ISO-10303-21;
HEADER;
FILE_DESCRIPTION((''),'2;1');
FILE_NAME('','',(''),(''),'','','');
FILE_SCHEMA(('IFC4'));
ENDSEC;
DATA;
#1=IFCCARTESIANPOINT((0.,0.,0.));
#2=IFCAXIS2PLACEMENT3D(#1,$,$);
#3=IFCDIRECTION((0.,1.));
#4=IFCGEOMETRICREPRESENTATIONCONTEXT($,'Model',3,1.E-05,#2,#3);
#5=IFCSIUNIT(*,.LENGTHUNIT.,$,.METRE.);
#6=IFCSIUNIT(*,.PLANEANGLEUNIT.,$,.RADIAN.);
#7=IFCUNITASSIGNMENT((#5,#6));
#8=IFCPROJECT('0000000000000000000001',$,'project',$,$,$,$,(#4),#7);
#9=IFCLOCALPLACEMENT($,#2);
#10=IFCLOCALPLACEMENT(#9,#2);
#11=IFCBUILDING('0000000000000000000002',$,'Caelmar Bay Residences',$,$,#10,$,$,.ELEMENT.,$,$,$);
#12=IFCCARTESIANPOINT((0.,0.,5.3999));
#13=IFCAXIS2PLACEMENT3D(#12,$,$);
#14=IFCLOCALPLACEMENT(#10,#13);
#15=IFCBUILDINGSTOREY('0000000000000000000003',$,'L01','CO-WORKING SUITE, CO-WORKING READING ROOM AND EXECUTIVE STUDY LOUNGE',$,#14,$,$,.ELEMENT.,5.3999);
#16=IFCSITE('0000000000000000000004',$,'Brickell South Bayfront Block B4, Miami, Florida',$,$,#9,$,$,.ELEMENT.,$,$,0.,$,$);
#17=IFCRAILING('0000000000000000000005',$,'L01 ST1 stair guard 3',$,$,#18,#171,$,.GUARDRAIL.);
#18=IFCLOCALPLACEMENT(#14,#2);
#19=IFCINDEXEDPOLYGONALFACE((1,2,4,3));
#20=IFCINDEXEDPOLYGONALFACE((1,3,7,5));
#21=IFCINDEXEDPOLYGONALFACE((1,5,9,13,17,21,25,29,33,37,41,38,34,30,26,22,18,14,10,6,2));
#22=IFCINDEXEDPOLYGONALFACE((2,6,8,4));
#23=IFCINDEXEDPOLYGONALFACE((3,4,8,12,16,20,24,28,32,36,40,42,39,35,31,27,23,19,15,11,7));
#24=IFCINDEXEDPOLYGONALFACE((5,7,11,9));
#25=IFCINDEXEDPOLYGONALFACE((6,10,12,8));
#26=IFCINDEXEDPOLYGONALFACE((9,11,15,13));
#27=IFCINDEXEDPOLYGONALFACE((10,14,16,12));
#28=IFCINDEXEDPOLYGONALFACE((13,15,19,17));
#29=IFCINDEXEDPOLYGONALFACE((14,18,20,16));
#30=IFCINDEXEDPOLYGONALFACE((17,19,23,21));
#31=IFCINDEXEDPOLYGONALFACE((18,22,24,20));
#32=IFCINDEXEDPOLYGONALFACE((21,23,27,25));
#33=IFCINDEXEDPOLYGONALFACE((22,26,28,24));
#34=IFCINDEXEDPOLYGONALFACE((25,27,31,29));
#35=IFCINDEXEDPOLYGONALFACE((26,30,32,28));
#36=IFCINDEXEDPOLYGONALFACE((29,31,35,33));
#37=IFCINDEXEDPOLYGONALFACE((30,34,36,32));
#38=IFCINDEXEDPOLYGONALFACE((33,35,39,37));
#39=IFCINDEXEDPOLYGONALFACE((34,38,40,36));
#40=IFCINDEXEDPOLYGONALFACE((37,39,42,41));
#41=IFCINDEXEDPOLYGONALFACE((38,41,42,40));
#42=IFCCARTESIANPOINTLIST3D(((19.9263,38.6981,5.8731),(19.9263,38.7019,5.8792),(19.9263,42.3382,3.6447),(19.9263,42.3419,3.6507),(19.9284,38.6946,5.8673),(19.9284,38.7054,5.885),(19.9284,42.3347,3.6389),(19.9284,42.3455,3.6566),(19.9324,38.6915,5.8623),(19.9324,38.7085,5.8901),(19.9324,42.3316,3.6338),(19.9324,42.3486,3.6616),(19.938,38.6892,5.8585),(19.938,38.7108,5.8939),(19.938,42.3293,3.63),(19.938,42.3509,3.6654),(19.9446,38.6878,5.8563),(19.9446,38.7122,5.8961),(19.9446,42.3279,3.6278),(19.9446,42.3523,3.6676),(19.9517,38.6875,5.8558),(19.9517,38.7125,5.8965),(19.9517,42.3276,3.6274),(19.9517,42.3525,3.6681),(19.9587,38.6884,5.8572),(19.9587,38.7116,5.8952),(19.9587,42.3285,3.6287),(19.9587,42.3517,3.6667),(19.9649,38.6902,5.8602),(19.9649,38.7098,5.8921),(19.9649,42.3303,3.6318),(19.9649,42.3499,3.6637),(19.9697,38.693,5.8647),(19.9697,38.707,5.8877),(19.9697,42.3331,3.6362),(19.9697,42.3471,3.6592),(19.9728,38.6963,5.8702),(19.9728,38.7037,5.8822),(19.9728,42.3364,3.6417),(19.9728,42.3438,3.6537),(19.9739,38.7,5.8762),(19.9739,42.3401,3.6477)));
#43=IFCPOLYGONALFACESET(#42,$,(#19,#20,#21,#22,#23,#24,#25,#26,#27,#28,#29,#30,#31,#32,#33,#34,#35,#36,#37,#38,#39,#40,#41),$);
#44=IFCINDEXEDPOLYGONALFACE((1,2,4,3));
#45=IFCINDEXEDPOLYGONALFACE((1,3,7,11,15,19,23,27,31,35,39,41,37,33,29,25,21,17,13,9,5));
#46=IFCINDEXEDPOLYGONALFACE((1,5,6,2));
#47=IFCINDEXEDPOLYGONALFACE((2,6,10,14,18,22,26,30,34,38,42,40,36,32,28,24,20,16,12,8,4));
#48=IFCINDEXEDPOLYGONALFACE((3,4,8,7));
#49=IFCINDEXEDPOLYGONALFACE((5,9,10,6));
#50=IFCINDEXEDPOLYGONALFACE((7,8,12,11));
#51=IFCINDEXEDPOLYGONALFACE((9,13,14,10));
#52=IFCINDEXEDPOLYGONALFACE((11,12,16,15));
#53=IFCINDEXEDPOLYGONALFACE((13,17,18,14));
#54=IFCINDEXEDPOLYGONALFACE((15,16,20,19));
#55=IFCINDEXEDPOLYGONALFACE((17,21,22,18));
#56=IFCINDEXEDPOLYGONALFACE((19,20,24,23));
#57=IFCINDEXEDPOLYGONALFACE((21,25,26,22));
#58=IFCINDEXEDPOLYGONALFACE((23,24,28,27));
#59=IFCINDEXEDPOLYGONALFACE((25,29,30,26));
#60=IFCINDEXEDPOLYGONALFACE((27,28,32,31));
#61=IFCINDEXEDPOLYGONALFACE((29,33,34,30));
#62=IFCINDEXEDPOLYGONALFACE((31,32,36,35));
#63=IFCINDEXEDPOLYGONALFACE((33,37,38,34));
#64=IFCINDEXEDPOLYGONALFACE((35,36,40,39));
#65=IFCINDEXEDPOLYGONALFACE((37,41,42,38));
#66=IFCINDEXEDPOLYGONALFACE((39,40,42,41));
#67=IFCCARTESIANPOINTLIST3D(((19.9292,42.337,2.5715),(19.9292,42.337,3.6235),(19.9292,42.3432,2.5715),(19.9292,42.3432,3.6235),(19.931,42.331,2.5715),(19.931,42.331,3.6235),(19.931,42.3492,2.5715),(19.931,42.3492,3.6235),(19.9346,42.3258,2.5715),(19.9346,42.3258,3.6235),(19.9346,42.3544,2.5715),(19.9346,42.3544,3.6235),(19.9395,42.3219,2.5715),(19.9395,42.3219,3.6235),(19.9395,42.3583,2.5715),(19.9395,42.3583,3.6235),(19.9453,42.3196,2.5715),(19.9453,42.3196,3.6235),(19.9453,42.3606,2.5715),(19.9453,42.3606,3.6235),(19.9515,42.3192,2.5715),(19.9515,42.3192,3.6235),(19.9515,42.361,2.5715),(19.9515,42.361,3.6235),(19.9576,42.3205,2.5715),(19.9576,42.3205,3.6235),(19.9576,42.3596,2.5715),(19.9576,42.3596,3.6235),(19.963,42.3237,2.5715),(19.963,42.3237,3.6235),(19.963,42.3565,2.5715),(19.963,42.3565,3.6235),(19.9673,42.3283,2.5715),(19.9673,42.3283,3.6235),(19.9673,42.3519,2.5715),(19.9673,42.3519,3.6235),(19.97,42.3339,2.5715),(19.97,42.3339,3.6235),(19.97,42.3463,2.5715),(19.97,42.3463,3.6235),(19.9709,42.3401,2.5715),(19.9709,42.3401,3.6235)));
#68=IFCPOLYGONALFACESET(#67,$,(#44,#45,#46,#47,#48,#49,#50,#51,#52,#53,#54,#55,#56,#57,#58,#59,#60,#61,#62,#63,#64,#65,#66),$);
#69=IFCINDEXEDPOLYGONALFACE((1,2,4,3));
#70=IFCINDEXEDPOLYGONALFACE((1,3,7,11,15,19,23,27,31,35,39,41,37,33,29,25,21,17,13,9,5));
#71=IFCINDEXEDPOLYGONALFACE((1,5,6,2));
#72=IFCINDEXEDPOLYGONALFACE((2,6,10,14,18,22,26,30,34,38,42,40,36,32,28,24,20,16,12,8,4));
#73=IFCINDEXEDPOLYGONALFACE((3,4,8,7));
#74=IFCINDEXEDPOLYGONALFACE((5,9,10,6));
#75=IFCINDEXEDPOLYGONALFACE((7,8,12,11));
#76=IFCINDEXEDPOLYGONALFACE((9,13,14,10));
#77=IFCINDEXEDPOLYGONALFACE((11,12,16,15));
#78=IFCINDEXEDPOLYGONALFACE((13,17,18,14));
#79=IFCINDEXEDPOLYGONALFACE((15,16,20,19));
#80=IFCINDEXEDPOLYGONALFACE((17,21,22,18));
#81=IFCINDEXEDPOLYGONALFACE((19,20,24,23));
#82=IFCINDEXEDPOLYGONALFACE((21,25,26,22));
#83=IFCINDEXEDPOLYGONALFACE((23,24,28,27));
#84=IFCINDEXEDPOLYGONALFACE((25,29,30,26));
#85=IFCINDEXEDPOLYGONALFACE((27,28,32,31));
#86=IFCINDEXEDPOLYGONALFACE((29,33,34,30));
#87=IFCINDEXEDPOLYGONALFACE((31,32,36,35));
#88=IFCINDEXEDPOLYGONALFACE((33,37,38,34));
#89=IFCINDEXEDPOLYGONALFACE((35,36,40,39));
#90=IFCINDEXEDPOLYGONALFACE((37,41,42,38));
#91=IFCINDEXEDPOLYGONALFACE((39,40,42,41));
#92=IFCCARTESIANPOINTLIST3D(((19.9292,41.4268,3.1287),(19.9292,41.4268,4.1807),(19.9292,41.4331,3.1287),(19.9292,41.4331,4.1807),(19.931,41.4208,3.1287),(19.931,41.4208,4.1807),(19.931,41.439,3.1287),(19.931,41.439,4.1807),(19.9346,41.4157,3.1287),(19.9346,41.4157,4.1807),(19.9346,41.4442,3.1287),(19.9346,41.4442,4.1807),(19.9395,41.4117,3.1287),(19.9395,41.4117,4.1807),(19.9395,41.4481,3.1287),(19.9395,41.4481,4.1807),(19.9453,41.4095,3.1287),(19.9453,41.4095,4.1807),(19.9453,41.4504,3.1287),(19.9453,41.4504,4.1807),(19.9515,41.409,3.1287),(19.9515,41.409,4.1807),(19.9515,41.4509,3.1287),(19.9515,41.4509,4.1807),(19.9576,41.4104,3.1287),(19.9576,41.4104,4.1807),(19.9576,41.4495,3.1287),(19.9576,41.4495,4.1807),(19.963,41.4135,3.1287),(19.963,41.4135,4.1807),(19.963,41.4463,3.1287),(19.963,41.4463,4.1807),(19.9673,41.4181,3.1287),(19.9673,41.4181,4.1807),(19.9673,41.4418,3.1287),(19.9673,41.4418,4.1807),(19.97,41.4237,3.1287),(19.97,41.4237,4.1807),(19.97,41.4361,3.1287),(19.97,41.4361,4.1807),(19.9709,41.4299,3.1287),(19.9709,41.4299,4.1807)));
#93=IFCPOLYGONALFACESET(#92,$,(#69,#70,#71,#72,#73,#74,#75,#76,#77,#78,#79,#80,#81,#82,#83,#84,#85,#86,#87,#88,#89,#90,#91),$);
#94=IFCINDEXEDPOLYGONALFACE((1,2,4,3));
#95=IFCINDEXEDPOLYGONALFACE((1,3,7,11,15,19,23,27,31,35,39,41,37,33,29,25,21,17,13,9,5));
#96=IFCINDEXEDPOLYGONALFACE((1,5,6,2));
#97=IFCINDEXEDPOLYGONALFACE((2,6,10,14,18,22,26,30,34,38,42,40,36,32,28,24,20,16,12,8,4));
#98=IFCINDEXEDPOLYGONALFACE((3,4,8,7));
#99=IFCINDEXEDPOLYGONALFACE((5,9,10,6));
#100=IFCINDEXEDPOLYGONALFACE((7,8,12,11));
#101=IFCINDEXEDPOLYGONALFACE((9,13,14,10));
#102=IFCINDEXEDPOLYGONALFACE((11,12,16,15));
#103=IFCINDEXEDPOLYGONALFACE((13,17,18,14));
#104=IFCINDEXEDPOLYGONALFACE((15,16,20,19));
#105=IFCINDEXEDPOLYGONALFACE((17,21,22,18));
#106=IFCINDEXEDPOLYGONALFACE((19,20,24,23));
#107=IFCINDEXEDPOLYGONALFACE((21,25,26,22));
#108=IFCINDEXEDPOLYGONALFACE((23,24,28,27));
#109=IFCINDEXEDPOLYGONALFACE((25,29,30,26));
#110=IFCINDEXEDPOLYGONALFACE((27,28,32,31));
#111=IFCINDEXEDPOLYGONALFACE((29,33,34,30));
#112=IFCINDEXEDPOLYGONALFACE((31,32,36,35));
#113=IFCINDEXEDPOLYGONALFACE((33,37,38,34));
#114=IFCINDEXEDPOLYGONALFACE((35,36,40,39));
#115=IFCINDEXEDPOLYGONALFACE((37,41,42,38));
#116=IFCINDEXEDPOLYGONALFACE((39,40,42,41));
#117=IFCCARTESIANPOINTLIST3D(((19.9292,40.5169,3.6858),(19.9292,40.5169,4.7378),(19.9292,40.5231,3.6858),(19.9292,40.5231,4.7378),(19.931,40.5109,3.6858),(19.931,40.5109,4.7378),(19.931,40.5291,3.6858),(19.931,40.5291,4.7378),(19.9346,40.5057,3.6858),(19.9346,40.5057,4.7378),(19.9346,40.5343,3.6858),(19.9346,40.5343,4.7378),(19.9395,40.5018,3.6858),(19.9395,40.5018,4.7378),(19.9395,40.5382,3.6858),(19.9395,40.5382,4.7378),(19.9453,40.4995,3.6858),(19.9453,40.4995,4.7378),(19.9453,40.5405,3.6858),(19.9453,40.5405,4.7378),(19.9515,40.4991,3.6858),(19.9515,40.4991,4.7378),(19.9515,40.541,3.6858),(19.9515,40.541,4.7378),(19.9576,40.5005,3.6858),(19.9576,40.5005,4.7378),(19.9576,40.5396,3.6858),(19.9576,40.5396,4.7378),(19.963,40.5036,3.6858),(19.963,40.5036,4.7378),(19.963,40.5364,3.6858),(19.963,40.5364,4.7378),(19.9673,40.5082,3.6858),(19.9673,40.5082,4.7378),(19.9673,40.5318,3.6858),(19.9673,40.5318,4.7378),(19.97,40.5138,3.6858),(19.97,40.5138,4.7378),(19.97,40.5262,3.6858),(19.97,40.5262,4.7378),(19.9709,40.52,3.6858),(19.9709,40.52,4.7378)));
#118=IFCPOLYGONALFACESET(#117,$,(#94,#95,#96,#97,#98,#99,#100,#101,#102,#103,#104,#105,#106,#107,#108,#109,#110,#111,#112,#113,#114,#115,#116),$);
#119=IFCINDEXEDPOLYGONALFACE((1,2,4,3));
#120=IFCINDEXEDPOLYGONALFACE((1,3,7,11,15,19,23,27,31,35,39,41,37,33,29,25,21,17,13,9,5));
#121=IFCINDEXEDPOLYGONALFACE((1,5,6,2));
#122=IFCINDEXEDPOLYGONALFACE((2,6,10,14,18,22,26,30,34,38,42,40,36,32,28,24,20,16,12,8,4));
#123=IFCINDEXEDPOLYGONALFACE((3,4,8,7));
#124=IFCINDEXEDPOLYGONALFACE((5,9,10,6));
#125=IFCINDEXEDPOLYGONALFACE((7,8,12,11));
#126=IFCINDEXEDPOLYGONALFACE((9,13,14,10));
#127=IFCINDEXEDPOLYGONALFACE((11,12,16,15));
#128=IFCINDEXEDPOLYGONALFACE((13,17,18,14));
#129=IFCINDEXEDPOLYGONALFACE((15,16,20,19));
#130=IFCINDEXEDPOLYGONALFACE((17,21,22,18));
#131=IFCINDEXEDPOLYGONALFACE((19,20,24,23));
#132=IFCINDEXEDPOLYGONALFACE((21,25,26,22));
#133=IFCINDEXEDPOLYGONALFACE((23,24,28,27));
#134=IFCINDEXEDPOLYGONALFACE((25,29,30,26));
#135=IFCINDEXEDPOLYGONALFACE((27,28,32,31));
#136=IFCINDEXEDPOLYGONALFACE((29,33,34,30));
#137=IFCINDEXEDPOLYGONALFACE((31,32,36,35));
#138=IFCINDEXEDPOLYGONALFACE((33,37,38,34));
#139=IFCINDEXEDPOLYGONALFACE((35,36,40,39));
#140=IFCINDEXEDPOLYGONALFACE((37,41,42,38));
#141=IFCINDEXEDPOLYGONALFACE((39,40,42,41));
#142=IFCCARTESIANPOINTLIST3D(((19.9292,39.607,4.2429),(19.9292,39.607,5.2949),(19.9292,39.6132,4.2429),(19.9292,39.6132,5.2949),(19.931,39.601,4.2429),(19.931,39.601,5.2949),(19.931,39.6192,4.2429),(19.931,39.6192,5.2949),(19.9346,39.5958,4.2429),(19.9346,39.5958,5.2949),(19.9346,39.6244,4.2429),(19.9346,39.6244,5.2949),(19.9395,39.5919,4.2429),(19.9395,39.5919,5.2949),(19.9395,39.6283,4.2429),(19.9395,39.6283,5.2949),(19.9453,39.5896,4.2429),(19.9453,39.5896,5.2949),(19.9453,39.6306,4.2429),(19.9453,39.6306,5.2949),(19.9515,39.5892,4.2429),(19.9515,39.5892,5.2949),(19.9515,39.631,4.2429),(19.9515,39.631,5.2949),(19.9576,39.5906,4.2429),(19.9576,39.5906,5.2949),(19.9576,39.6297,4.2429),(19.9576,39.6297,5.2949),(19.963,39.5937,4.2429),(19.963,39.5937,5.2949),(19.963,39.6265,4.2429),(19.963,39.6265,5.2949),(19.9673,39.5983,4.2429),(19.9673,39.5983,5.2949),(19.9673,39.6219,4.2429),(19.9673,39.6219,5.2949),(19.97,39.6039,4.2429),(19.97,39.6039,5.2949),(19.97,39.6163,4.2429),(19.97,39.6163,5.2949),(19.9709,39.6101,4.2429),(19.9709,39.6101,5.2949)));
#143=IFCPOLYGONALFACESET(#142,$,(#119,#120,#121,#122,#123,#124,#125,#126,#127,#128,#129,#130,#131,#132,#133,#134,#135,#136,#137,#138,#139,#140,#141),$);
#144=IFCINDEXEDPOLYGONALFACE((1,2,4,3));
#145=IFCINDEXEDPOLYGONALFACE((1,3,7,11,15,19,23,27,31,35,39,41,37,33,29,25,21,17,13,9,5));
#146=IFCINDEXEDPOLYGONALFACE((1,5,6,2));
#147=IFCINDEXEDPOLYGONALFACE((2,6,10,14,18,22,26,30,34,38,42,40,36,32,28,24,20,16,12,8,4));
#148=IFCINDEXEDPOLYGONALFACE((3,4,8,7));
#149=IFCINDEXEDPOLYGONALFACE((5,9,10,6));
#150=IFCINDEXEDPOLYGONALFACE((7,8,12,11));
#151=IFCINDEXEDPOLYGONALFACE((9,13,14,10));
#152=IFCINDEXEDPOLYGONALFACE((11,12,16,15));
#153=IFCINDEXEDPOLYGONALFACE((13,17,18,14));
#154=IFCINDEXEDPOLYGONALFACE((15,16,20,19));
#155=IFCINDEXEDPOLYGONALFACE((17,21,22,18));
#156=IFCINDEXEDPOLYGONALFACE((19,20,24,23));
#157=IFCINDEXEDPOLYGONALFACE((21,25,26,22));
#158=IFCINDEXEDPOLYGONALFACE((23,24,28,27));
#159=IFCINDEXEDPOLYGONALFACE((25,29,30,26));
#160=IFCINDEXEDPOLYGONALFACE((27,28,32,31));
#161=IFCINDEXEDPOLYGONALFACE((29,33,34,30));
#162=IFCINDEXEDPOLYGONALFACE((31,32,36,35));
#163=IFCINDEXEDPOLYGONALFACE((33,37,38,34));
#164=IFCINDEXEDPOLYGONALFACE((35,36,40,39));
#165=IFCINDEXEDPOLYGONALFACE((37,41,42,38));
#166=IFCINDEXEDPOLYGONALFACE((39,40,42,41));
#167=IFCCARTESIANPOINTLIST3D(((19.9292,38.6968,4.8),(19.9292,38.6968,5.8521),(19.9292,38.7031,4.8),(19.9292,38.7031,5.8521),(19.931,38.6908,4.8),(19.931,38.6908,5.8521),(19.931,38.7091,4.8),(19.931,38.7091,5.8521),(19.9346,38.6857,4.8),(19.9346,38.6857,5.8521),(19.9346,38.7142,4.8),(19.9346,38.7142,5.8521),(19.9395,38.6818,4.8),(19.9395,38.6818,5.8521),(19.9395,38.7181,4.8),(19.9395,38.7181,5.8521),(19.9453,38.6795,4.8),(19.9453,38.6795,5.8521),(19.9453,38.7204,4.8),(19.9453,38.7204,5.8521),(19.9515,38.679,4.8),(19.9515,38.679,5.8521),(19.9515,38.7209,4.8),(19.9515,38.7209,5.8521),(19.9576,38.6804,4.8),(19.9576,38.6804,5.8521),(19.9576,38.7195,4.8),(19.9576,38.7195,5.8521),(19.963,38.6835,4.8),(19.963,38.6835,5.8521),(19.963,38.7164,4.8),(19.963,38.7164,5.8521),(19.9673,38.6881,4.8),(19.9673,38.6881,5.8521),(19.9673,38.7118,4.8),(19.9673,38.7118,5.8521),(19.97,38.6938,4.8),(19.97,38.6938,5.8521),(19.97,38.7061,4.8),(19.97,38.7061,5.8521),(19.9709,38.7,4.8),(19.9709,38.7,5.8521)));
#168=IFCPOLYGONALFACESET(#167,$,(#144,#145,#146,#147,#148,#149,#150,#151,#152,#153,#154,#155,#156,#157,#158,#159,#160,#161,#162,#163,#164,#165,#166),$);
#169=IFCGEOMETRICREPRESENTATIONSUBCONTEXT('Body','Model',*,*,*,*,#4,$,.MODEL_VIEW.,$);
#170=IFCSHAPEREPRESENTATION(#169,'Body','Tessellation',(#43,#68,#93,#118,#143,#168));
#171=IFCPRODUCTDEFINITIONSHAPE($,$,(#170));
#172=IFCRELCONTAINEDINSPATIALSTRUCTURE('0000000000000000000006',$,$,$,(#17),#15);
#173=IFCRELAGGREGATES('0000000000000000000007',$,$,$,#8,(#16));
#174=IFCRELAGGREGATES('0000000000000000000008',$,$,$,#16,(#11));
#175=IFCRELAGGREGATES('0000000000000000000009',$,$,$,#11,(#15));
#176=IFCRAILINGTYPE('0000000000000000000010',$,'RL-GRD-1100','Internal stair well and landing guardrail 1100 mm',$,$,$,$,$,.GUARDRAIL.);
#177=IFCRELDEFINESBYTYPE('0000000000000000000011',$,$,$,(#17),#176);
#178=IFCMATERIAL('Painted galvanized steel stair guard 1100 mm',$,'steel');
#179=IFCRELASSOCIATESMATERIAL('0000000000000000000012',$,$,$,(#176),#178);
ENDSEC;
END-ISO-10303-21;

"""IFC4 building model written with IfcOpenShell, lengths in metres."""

from ifc_helpers import new_model, si_unit, direction, frame, origin, origin_2d, place, context, subcontext, project, spatial, circle, extrude, material, type_object, element, save


model = new_model("IFC4")

# Units and contexts
model_context = context("Model", 3, precision=1e-05, world=origin(), true_north=direction((0.0, 1.0)))
body_context = subcontext(model_context, "Body", "Model", "MODEL_VIEW")
ifc_project = project(units=[si_unit("LENGTHUNIT", "METRE"), si_unit("PLANEANGLEUNIT", "RADIAN")], contexts=[model_context])

# Site, building, storey
site_placement = place(None, origin())
site = spatial("IfcSite", under=ifc_project, at=site_placement, Name="Brickell South Bayfront Block B4, Miami, Florida", CompositionType="ELEMENT", RefElevation=0.0)
building_placement = place(site_placement, origin())
building = spatial("IfcBuilding", under=site, at=building_placement, Name="Caelmar Bay Residences", CompositionType="ELEMENT")
storey_placement = place(building_placement, frame((0.0, 0.0, 5.3999)))
storey = spatial("IfcBuildingStorey", under=building, at=storey_placement, Name="L01", Description="CO-WORKING SUITE, CO-WORKING READING ROOM AND EXECUTIVE STUDY LOUNGE", CompositionType="ELEMENT", Elevation=5.3999)

# Railing
ifc_material_1 = material(Name="Painted galvanized steel stair guard 1100 mm", Category="steel")
railing_type = type_object("IfcRailingType", Name="RL-GRD-1100", Description="Internal stair well and landing guardrail 1100 mm", PredefinedType="GUARDRAIL", material=ifc_material_1)
railing_1_placement = place(storey_placement, frame((19.95, 42.3401, 2.5715)))
element("IfcRailing", 1, at=railing_1_placement, inside=storey, type_object=railing_type, Name="L01 ST1 stair guard 3", PredefinedType="GUARDRAIL", context=body_context, shape_type="SweptSolid", body=[
    extrude(circle(Radius=0.0239, at=origin_2d()), frame((0.0, 0.0, 1.0762), z_axis=(0.0, -0.852866, 0.52213), x_axis=(1.0, 0.0, 0.0)), (0.0, 0.0, 1.0), 4.2681),
    extrude(circle(Radius=0.021, at=origin_2d()), origin(), (0.0, 0.0, 1.0), 1.052),
    extrude(circle(Radius=0.021, at=origin_2d()), frame((0.0, -0.9102, 0.5571)), (0.0, 0.0, 1.0), 1.052),
    extrude(circle(Radius=0.021, at=origin_2d()), frame((0.0, -1.8201, 1.1143)), (0.0, 0.0, 1.0), 1.052),
    extrude(circle(Radius=0.021, at=origin_2d()), frame((0.0, -2.73, 1.6714)), (0.0, 0.0, 1.0), 1.052),
    extrude(circle(Radius=0.021, at=origin_2d()), frame((0.0, -3.6401, 2.2285)), (0.0, 0.0, 1.0), 1.052),
])

save(model, "model.ifc")
